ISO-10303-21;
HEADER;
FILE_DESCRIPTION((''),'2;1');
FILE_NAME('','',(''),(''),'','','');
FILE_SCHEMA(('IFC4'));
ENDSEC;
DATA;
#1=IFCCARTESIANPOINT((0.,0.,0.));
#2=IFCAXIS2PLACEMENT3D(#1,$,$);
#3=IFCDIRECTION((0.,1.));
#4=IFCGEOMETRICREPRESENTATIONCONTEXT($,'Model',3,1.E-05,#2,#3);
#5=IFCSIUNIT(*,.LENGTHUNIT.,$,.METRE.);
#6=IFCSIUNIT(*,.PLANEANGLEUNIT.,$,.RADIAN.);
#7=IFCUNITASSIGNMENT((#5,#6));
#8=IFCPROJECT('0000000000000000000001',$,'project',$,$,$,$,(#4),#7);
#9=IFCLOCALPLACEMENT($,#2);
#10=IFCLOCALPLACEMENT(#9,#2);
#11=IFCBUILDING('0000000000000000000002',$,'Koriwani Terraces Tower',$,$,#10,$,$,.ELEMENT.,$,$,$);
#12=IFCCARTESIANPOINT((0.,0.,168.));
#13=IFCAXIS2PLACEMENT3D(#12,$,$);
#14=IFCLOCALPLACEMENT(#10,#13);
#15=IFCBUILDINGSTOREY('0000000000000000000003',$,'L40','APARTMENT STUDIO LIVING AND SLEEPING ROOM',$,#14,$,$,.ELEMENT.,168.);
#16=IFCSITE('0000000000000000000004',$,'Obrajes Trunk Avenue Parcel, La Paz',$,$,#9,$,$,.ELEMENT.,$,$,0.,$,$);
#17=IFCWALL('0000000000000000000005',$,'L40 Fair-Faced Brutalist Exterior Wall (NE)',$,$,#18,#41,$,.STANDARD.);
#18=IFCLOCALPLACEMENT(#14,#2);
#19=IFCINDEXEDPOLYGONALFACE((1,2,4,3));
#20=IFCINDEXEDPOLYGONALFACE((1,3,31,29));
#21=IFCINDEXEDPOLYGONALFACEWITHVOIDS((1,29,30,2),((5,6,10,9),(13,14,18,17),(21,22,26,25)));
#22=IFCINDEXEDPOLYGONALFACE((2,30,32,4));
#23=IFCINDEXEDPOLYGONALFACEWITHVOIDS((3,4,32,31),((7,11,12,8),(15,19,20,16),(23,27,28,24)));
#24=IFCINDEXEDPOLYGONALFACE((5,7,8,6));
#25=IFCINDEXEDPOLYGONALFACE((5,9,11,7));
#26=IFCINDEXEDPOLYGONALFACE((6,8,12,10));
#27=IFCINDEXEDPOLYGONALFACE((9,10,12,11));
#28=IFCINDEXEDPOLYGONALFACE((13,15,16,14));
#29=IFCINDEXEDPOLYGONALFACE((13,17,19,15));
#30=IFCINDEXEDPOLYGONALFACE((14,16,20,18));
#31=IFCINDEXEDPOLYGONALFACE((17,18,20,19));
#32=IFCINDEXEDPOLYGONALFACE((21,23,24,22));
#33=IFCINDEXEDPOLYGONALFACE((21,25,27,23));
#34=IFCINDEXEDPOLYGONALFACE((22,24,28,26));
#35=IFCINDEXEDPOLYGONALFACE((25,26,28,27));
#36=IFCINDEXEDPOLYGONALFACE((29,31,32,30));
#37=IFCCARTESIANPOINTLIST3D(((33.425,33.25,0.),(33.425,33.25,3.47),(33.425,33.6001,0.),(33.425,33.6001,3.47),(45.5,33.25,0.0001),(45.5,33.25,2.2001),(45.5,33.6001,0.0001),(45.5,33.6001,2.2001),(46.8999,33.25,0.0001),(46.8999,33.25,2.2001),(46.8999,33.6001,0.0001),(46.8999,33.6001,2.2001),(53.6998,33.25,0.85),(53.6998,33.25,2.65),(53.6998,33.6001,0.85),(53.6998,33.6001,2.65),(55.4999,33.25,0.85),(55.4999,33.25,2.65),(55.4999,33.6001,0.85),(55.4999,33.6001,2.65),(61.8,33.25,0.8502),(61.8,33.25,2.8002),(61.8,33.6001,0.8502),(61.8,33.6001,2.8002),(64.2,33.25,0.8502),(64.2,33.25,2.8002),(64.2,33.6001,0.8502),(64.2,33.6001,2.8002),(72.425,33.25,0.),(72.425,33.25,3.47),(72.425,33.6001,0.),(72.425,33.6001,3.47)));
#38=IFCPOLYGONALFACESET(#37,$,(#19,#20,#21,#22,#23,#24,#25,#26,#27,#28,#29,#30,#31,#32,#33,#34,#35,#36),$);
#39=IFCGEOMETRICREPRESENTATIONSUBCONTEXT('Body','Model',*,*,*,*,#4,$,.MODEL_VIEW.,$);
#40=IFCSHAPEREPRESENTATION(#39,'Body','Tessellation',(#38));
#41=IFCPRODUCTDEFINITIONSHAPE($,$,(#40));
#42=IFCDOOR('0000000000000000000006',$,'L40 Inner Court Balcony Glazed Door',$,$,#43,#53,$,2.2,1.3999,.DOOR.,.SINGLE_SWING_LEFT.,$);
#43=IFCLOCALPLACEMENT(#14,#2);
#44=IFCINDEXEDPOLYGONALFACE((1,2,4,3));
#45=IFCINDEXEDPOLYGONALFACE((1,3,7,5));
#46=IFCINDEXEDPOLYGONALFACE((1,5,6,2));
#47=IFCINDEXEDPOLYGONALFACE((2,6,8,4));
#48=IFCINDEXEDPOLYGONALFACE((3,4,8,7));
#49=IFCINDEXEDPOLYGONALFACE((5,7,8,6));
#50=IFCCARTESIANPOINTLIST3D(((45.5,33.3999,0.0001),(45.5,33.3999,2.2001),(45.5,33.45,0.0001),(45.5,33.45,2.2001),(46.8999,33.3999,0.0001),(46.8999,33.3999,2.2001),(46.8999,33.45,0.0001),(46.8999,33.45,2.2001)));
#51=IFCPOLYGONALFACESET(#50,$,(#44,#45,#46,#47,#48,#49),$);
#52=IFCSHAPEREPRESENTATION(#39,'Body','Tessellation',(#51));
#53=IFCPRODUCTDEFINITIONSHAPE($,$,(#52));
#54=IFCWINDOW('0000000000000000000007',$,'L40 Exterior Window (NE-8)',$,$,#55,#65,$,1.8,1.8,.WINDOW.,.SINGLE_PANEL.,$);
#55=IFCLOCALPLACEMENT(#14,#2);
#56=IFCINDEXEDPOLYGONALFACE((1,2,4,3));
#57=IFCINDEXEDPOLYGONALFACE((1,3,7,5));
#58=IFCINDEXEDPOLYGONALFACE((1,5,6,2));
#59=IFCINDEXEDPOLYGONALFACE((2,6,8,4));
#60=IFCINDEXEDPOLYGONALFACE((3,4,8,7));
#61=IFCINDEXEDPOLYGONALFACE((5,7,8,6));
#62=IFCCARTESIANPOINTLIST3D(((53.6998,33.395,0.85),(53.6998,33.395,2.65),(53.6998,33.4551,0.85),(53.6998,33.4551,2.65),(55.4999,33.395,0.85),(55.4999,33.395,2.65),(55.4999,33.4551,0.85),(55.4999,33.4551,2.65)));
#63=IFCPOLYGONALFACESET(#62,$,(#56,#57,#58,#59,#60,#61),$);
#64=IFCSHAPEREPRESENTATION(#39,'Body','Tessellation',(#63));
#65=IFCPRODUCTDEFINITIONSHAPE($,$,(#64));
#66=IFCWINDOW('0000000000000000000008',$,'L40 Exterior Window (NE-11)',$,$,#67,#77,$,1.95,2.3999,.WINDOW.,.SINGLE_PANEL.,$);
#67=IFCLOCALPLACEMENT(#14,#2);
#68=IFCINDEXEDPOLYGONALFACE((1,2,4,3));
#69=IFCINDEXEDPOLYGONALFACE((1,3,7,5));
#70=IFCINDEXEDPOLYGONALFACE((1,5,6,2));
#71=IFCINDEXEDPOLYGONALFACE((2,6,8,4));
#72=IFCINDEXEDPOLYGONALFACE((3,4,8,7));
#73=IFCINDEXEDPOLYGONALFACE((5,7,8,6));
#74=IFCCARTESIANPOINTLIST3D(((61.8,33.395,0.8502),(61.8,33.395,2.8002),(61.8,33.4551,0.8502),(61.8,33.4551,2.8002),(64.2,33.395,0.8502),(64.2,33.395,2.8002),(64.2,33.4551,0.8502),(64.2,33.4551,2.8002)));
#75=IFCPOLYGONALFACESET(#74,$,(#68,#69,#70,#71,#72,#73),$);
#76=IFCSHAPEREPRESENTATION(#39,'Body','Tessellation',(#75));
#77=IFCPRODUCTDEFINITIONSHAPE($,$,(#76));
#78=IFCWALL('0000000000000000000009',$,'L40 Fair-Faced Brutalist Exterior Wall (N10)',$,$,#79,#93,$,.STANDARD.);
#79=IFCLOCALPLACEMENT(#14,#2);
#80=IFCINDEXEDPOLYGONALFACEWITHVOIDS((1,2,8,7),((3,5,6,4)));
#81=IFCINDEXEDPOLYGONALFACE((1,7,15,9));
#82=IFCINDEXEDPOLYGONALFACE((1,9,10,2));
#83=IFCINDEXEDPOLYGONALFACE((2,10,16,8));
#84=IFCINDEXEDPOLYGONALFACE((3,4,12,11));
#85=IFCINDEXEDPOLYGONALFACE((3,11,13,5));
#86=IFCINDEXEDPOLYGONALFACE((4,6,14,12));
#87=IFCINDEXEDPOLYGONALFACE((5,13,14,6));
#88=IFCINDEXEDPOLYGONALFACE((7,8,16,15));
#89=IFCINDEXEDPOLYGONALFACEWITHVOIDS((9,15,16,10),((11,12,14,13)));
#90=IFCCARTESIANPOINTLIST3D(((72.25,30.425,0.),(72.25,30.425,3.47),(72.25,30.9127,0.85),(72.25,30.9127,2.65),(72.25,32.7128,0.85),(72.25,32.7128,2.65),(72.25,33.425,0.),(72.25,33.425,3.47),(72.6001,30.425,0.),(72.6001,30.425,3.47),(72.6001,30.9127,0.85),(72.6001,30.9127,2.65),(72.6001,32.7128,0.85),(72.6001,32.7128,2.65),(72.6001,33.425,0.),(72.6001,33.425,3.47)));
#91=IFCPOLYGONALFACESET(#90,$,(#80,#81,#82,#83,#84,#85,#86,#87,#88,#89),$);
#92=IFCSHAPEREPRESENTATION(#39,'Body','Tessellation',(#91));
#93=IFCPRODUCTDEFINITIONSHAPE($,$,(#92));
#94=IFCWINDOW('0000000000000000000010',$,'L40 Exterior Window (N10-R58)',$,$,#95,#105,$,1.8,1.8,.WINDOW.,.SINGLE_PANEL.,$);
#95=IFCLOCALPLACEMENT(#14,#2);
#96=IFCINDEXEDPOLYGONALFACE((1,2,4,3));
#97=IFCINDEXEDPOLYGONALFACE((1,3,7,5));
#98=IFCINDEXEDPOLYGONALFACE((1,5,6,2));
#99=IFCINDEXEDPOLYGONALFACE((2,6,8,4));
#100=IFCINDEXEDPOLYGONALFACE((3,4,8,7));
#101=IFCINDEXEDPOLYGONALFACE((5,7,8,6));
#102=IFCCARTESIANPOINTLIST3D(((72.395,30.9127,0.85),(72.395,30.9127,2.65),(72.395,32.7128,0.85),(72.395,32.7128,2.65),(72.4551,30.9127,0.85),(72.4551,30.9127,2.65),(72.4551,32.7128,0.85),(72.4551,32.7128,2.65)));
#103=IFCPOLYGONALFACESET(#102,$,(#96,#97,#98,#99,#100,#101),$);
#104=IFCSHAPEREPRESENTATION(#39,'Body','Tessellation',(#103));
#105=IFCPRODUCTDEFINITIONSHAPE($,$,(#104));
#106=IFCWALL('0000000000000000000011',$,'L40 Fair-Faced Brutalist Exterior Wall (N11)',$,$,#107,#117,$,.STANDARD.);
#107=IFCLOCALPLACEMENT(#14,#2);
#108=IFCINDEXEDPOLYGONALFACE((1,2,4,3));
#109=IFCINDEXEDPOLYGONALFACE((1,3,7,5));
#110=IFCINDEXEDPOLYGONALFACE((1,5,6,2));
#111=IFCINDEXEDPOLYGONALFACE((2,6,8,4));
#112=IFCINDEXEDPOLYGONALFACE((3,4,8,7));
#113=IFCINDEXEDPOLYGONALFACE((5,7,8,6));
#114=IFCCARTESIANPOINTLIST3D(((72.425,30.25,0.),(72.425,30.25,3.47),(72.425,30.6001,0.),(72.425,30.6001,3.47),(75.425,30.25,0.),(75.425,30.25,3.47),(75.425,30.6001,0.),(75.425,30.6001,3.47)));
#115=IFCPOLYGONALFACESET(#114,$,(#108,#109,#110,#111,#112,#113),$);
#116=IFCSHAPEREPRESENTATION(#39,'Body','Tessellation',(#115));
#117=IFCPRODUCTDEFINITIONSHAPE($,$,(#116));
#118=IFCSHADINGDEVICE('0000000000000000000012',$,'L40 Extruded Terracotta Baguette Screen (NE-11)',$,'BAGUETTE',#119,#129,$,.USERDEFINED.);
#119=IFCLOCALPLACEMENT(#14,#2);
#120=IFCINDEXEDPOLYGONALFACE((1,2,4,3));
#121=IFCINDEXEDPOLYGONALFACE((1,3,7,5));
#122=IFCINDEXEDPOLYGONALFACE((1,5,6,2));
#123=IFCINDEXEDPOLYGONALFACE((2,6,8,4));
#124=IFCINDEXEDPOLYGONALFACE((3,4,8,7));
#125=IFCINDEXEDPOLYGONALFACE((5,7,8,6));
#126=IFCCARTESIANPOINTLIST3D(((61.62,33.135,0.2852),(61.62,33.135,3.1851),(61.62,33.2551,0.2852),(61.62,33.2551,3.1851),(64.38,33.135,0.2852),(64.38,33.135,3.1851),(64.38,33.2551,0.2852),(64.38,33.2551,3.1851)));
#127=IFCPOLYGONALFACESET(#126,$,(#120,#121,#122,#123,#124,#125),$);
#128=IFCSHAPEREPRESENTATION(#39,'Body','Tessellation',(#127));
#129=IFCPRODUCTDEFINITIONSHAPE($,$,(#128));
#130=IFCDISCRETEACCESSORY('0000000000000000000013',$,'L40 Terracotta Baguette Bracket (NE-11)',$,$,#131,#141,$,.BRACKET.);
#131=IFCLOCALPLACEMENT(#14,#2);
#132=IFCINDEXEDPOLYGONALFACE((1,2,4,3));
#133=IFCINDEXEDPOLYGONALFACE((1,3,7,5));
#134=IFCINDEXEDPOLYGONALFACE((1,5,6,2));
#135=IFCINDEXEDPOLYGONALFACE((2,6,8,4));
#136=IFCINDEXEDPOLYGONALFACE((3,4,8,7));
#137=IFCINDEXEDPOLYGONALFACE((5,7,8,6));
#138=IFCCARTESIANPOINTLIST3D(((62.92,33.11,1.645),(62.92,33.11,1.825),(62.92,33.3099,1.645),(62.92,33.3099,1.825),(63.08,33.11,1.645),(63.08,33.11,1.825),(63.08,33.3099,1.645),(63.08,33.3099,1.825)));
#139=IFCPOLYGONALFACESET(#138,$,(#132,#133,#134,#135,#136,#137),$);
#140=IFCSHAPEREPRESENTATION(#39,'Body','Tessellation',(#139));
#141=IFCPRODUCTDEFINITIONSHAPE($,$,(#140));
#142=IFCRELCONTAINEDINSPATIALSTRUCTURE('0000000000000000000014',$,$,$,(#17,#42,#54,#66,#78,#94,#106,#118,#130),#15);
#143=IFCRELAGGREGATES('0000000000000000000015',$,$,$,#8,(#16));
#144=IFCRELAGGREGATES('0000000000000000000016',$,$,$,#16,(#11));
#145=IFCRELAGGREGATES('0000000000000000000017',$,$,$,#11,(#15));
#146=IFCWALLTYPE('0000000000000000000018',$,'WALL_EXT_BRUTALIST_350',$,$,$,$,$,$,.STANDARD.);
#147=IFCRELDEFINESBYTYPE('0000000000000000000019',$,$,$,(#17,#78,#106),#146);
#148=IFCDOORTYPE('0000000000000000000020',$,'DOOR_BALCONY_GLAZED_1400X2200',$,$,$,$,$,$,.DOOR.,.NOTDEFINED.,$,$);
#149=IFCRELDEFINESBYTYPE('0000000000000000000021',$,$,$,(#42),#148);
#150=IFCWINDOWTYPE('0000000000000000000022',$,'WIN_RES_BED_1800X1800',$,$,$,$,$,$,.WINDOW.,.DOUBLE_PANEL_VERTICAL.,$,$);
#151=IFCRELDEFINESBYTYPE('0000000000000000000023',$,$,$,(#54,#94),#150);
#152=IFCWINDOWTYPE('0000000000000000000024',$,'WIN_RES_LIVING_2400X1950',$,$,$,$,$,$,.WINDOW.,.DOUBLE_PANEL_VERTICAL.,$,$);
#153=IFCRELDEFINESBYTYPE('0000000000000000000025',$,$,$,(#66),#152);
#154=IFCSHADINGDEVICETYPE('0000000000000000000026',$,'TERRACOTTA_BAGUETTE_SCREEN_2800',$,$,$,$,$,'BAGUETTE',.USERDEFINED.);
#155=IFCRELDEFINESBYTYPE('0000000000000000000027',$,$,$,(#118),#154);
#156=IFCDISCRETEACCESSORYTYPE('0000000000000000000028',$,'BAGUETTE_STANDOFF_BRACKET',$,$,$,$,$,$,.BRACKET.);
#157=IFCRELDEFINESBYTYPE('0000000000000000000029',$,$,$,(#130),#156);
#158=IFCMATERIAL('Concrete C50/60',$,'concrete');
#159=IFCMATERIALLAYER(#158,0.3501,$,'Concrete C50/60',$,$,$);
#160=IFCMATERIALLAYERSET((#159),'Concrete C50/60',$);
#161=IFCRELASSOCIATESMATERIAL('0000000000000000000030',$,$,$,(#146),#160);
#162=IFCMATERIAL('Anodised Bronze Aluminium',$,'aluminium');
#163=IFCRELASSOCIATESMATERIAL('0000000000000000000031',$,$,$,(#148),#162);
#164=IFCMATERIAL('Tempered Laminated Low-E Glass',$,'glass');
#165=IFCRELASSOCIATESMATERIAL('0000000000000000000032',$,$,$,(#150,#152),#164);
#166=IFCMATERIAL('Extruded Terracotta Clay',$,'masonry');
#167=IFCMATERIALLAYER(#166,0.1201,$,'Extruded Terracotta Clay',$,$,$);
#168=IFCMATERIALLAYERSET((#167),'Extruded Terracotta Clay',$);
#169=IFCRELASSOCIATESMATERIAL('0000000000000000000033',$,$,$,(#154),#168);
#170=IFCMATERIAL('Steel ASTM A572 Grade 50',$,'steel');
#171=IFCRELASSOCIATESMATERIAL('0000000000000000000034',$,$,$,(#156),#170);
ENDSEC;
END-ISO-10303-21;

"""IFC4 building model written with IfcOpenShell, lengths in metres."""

from ifc_helpers import new_model, si_unit, direction, frame, frame_2d, origin, origin_2d, place, context, subcontext, project, spatial, rectangle, extrude, material, layer, layer_set, type_object, element, fill, save


model = new_model("IFC4")

# Units and contexts
model_context = context("Model", 3, precision=1e-05, world=origin(), true_north=direction((0.0, 1.0)))
body_context = subcontext(model_context, "Body", "Model", "MODEL_VIEW")
ifc_project = project(units=[si_unit("LENGTHUNIT", "METRE"), si_unit("PLANEANGLEUNIT", "RADIAN")], contexts=[model_context])

# Site, building, storey
site_placement = place(None, origin())
site = spatial("IfcSite", under=ifc_project, at=site_placement, Name="Obrajes Trunk Avenue Parcel, La Paz", CompositionType="ELEMENT", RefElevation=0.0)
building_placement = place(site_placement, origin())
building = spatial("IfcBuilding", under=site, at=building_placement, Name="Koriwani Terraces Tower", CompositionType="ELEMENT")
storey_placement = place(building_placement, frame((0.0, 0.0, 168.0)))
storey = spatial("IfcBuildingStorey", under=building, at=storey_placement, Name="L40", Description="APARTMENT STUDIO LIVING AND SLEEPING ROOM", CompositionType="ELEMENT", Elevation=168.0)

# Shared definitions
ifc_material_1 = material(Name="Concrete C50/60", Category="concrete")

# Shared definitions
ifc_material_2 = material(Name="Anodised Bronze Aluminium", Category="aluminium")
ifc_material_3 = material(Name="Tempered Laminated Low-E Glass", Category="glass")

# Wall, openings, door, windows
ifc_layer_1 = layer(ifc_material_1, 0.3501, Name="Concrete C50/60")
ifc_layer_set_1 = layer_set([ifc_layer_1], Name="Concrete C50/60")
wall_type = type_object("IfcWallType", Name="WALL_EXT_BRUTALIST_350", PredefinedType="STANDARD", material=ifc_layer_set_1)
wall_1_placement = place(storey_placement, frame((33.425, 33.425, 0.0), z_axis=(0.0, 0.0, 1.0), x_axis=(1.0, 0.0, 0.0)))
wall_1 = element("IfcWall", 1, at=wall_1_placement, inside=storey, type_object=wall_type, Name="L40 Fair-Faced Brutalist Exterior Wall (NE)", PredefinedType="STANDARD", context=body_context, shape_type="SweptSolid", body=[
    extrude(rectangle(XDim=39.0, YDim=0.3501, at=frame_2d((19.5, 0.0))), origin(), (0.0, 0.0, 1.0), 3.47),
])
opening_1_placement = place(wall_1_placement, frame((12.075, 0.0, 0.0)))
opening_1 = element("IfcOpeningElement", 2, at=opening_1_placement, cuts=wall_1, PredefinedType="OPENING", context=body_context, shape_type="SweptSolid", body=[
    extrude(rectangle(XDim=1.3999, YDim=2.2, at=frame_2d((0.7, 1.1001))), frame((0.0, 0.1851, 0.0), z_axis=(0.0, -1.0, 0.0), x_axis=(1.0, 0.0, 0.0)), (0.0, 0.0, 1.0), 0.3701),
])
opening_2_placement = place(wall_1_placement, frame((20.2749, 0.0, 0.8501)))
opening_2 = element("IfcOpeningElement", 3, at=opening_2_placement, cuts=wall_1, PredefinedType="OPENING", context=body_context, shape_type="SweptSolid", body=[
    extrude(rectangle(XDim=1.8, YDim=1.8, at=frame_2d((0.8999, 0.8999))), frame((0.0, 0.1851, 0.0), z_axis=(0.0, -1.0, 0.0), x_axis=(1.0, 0.0, 0.0)), (0.0, 0.0, 1.0), 0.3701),
])
opening_3_placement = place(wall_1_placement, frame((28.375, 0.0, 0.8501)))
opening_3 = element("IfcOpeningElement", 4, at=opening_3_placement, cuts=wall_1, PredefinedType="OPENING", context=body_context, shape_type="SweptSolid", body=[
    extrude(rectangle(XDim=2.3999, YDim=1.95, at=frame_2d((1.2, 0.9751))), frame((0.0, 0.1851, 0.0), z_axis=(0.0, -1.0, 0.0), x_axis=(1.0, 0.0, 0.0)), (0.0, 0.0, 1.0), 0.3701),
])
door_type = type_object("IfcDoorType", Name="DOOR_BALCONY_GLAZED_1400X2200", OperationType="NOTDEFINED", PredefinedType="DOOR", material=ifc_material_2)
door_placement = place(opening_1_placement, origin())
door = element("IfcDoor", 5, at=door_placement, inside=storey, type_object=door_type, Name="L40 Inner Court Balcony Glazed Door", OperationType="SINGLE_SWING_LEFT", OverallHeight=2.2, OverallWidth=1.3999, PredefinedType="DOOR", context=body_context, shape_type="SweptSolid", body=[
    extrude(rectangle(XDim=1.3999, YDim=2.2, at=frame_2d((0.7, 1.1001))), frame((0.0, 0.0249, 0.0), z_axis=(0.0, -1.0, 0.0), x_axis=(1.0, 0.0, 0.0)), (0.0, 0.0, 1.0), 0.05),
])
fill(opening_1, door)
window_type_1 = type_object("IfcWindowType", Name="WIN_RES_BED_1800X1800", PartitioningType="DOUBLE_PANEL_VERTICAL", PredefinedType="WINDOW", material=ifc_material_3)
window_1_placement = place(opening_2_placement, origin())
window_1 = element("IfcWindow", 6, at=window_1_placement, inside=storey, type_object=window_type_1, Name="L40 Exterior Window (NE-8)", OverallHeight=1.8, OverallWidth=1.8, PartitioningType="SINGLE_PANEL", PredefinedType="WINDOW", context=body_context, shape_type="SweptSolid", body=[
    extrude(rectangle(XDim=1.8, YDim=1.8, at=frame_2d((0.8999, 0.8999))), frame((0.0, 0.03, 0.0), z_axis=(0.0, -1.0, 0.0), x_axis=(1.0, 0.0, 0.0)), (0.0, 0.0, 1.0), 0.0601),
])
fill(opening_2, window_1)
window_type_2 = type_object("IfcWindowType", Name="WIN_RES_LIVING_2400X1950", PartitioningType="DOUBLE_PANEL_VERTICAL", PredefinedType="WINDOW", material=ifc_material_3)
window_2_placement = place(opening_3_placement, origin())
window_2 = element("IfcWindow", 7, at=window_2_placement, inside=storey, type_object=window_type_2, Name="L40 Exterior Window (NE-11)", OverallHeight=1.95, OverallWidth=2.3999, PartitioningType="SINGLE_PANEL", PredefinedType="WINDOW", context=body_context, shape_type="SweptSolid", body=[
    extrude(rectangle(XDim=2.3999, YDim=1.95, at=frame_2d((1.2, 0.9751))), frame((0.0, 0.03, 0.0), z_axis=(0.0, -1.0, 0.0), x_axis=(1.0, 0.0, 0.0)), (0.0, 0.0, 1.0), 0.0601),
])
fill(opening_3, window_2)

# Wall, opening, window
wall_2_placement = place(storey_placement, frame((72.425, 33.425, 0.0), z_axis=(0.0, 0.0, 1.0), x_axis=(0.0, -1.0, 0.0)))
wall_2 = element("IfcWall", 8, at=wall_2_placement, inside=storey, type_object=wall_type, Name="L40 Fair-Faced Brutalist Exterior Wall (N10)", PredefinedType="STANDARD", context=body_context, shape_type="SweptSolid", body=[
    extrude(rectangle(XDim=3.0, YDim=0.3501, at=frame_2d((1.5, 0.0))), origin(), (0.0, 0.0, 1.0), 3.47),
])
opening_4_placement = place(wall_2_placement, frame((0.7124, 0.0, 0.8501)))
opening_4 = element("IfcOpeningElement", 9, at=opening_4_placement, cuts=wall_2, PredefinedType="OPENING", context=body_context, shape_type="SweptSolid", body=[
    extrude(rectangle(XDim=1.8, YDim=1.8, at=frame_2d((0.8999, 0.8999))), frame((0.0, 0.1851, 0.0), z_axis=(0.0, -1.0, 0.0), x_axis=(1.0, 0.0, 0.0)), (0.0, 0.0, 1.0), 0.3701),
])
window_3_placement = place(opening_4_placement, origin())
window_3 = element("IfcWindow", 10, at=window_3_placement, inside=storey, type_object=window_type_1, Name="L40 Exterior Window (N10-R58)", OverallHeight=1.8, OverallWidth=1.8, PartitioningType="SINGLE_PANEL", PredefinedType="WINDOW", context=body_context, shape_type="SweptSolid", body=[
    extrude(rectangle(XDim=1.8, YDim=1.8, at=frame_2d((0.8999, 0.8999))), frame((0.0, 0.03, 0.0), z_axis=(0.0, -1.0, 0.0), x_axis=(1.0, 0.0, 0.0)), (0.0, 0.0, 1.0), 0.0601),
])
fill(opening_4, window_3)

# Wall
wall_3_placement = place(storey_placement, frame((72.425, 30.425, 0.0), z_axis=(0.0, 0.0, 1.0), x_axis=(1.0, 0.0, 0.0)))
element("IfcWall", 11, at=wall_3_placement, inside=storey, type_object=wall_type, Name="L40 Fair-Faced Brutalist Exterior Wall (N11)", PredefinedType="STANDARD", context=body_context, shape_type="SweptSolid", body=[
    extrude(rectangle(XDim=3.0, YDim=0.3501, at=frame_2d((1.5, 0.0))), origin(), (0.0, 0.0, 1.0), 3.47),
])

# Shading device
ifc_material_4 = material(Name="Extruded Terracotta Clay", Category="masonry")
ifc_layer_2 = layer(ifc_material_4, 0.1201, Name="Extruded Terracotta Clay")
ifc_layer_set_2 = layer_set([ifc_layer_2], Name="Extruded Terracotta Clay")
shading_device_type = type_object("IfcShadingDeviceType", Name="TERRACOTTA_BAGUETTE_SCREEN_2800", ElementType="BAGUETTE", PredefinedType="USERDEFINED", material=ifc_layer_set_2)
shading_device_placement = place(storey_placement, frame((63.0, 33.1951, 0.2852), z_axis=(0.0, 0.0, 1.0), x_axis=(1.0, 0.0, 0.0)))
element("IfcShadingDevice", 12, at=shading_device_placement, inside=storey, type_object=shading_device_type, Name="L40 Extruded Terracotta Baguette Screen (NE-11)", ObjectType="BAGUETTE", PredefinedType="USERDEFINED", context=body_context, shape_type="SweptSolid", body=[
    extrude(rectangle(XDim=2.76, YDim=0.1201, at=origin_2d()), origin(), (0.0, 0.0, 1.0), 2.8999),
])

# Discrete accessory
ifc_material_5 = material(Name="Steel ASTM A572 Grade 50", Category="steel")
discrete_accessory_type = type_object("IfcDiscreteAccessoryType", Name="BAGUETTE_STANDOFF_BRACKET", PredefinedType="BRACKET", material=ifc_material_5)
discrete_accessory_placement = place(storey_placement, frame((63.0, 33.21, 1.645), z_axis=(0.0, 0.0, 1.0), x_axis=(1.0, 0.0, 0.0)))
element("IfcDiscreteAccessory", 13, at=discrete_accessory_placement, inside=storey, type_object=discrete_accessory_type, Name="L40 Terracotta Baguette Bracket (NE-11)", PredefinedType="BRACKET", context=body_context, shape_type="SweptSolid", body=[
    extrude(rectangle(XDim=0.1599, YDim=0.2, at=origin_2d()), origin(), (0.0, 0.0, 1.0), 0.1799),
])

save(model, "model.ifc")
